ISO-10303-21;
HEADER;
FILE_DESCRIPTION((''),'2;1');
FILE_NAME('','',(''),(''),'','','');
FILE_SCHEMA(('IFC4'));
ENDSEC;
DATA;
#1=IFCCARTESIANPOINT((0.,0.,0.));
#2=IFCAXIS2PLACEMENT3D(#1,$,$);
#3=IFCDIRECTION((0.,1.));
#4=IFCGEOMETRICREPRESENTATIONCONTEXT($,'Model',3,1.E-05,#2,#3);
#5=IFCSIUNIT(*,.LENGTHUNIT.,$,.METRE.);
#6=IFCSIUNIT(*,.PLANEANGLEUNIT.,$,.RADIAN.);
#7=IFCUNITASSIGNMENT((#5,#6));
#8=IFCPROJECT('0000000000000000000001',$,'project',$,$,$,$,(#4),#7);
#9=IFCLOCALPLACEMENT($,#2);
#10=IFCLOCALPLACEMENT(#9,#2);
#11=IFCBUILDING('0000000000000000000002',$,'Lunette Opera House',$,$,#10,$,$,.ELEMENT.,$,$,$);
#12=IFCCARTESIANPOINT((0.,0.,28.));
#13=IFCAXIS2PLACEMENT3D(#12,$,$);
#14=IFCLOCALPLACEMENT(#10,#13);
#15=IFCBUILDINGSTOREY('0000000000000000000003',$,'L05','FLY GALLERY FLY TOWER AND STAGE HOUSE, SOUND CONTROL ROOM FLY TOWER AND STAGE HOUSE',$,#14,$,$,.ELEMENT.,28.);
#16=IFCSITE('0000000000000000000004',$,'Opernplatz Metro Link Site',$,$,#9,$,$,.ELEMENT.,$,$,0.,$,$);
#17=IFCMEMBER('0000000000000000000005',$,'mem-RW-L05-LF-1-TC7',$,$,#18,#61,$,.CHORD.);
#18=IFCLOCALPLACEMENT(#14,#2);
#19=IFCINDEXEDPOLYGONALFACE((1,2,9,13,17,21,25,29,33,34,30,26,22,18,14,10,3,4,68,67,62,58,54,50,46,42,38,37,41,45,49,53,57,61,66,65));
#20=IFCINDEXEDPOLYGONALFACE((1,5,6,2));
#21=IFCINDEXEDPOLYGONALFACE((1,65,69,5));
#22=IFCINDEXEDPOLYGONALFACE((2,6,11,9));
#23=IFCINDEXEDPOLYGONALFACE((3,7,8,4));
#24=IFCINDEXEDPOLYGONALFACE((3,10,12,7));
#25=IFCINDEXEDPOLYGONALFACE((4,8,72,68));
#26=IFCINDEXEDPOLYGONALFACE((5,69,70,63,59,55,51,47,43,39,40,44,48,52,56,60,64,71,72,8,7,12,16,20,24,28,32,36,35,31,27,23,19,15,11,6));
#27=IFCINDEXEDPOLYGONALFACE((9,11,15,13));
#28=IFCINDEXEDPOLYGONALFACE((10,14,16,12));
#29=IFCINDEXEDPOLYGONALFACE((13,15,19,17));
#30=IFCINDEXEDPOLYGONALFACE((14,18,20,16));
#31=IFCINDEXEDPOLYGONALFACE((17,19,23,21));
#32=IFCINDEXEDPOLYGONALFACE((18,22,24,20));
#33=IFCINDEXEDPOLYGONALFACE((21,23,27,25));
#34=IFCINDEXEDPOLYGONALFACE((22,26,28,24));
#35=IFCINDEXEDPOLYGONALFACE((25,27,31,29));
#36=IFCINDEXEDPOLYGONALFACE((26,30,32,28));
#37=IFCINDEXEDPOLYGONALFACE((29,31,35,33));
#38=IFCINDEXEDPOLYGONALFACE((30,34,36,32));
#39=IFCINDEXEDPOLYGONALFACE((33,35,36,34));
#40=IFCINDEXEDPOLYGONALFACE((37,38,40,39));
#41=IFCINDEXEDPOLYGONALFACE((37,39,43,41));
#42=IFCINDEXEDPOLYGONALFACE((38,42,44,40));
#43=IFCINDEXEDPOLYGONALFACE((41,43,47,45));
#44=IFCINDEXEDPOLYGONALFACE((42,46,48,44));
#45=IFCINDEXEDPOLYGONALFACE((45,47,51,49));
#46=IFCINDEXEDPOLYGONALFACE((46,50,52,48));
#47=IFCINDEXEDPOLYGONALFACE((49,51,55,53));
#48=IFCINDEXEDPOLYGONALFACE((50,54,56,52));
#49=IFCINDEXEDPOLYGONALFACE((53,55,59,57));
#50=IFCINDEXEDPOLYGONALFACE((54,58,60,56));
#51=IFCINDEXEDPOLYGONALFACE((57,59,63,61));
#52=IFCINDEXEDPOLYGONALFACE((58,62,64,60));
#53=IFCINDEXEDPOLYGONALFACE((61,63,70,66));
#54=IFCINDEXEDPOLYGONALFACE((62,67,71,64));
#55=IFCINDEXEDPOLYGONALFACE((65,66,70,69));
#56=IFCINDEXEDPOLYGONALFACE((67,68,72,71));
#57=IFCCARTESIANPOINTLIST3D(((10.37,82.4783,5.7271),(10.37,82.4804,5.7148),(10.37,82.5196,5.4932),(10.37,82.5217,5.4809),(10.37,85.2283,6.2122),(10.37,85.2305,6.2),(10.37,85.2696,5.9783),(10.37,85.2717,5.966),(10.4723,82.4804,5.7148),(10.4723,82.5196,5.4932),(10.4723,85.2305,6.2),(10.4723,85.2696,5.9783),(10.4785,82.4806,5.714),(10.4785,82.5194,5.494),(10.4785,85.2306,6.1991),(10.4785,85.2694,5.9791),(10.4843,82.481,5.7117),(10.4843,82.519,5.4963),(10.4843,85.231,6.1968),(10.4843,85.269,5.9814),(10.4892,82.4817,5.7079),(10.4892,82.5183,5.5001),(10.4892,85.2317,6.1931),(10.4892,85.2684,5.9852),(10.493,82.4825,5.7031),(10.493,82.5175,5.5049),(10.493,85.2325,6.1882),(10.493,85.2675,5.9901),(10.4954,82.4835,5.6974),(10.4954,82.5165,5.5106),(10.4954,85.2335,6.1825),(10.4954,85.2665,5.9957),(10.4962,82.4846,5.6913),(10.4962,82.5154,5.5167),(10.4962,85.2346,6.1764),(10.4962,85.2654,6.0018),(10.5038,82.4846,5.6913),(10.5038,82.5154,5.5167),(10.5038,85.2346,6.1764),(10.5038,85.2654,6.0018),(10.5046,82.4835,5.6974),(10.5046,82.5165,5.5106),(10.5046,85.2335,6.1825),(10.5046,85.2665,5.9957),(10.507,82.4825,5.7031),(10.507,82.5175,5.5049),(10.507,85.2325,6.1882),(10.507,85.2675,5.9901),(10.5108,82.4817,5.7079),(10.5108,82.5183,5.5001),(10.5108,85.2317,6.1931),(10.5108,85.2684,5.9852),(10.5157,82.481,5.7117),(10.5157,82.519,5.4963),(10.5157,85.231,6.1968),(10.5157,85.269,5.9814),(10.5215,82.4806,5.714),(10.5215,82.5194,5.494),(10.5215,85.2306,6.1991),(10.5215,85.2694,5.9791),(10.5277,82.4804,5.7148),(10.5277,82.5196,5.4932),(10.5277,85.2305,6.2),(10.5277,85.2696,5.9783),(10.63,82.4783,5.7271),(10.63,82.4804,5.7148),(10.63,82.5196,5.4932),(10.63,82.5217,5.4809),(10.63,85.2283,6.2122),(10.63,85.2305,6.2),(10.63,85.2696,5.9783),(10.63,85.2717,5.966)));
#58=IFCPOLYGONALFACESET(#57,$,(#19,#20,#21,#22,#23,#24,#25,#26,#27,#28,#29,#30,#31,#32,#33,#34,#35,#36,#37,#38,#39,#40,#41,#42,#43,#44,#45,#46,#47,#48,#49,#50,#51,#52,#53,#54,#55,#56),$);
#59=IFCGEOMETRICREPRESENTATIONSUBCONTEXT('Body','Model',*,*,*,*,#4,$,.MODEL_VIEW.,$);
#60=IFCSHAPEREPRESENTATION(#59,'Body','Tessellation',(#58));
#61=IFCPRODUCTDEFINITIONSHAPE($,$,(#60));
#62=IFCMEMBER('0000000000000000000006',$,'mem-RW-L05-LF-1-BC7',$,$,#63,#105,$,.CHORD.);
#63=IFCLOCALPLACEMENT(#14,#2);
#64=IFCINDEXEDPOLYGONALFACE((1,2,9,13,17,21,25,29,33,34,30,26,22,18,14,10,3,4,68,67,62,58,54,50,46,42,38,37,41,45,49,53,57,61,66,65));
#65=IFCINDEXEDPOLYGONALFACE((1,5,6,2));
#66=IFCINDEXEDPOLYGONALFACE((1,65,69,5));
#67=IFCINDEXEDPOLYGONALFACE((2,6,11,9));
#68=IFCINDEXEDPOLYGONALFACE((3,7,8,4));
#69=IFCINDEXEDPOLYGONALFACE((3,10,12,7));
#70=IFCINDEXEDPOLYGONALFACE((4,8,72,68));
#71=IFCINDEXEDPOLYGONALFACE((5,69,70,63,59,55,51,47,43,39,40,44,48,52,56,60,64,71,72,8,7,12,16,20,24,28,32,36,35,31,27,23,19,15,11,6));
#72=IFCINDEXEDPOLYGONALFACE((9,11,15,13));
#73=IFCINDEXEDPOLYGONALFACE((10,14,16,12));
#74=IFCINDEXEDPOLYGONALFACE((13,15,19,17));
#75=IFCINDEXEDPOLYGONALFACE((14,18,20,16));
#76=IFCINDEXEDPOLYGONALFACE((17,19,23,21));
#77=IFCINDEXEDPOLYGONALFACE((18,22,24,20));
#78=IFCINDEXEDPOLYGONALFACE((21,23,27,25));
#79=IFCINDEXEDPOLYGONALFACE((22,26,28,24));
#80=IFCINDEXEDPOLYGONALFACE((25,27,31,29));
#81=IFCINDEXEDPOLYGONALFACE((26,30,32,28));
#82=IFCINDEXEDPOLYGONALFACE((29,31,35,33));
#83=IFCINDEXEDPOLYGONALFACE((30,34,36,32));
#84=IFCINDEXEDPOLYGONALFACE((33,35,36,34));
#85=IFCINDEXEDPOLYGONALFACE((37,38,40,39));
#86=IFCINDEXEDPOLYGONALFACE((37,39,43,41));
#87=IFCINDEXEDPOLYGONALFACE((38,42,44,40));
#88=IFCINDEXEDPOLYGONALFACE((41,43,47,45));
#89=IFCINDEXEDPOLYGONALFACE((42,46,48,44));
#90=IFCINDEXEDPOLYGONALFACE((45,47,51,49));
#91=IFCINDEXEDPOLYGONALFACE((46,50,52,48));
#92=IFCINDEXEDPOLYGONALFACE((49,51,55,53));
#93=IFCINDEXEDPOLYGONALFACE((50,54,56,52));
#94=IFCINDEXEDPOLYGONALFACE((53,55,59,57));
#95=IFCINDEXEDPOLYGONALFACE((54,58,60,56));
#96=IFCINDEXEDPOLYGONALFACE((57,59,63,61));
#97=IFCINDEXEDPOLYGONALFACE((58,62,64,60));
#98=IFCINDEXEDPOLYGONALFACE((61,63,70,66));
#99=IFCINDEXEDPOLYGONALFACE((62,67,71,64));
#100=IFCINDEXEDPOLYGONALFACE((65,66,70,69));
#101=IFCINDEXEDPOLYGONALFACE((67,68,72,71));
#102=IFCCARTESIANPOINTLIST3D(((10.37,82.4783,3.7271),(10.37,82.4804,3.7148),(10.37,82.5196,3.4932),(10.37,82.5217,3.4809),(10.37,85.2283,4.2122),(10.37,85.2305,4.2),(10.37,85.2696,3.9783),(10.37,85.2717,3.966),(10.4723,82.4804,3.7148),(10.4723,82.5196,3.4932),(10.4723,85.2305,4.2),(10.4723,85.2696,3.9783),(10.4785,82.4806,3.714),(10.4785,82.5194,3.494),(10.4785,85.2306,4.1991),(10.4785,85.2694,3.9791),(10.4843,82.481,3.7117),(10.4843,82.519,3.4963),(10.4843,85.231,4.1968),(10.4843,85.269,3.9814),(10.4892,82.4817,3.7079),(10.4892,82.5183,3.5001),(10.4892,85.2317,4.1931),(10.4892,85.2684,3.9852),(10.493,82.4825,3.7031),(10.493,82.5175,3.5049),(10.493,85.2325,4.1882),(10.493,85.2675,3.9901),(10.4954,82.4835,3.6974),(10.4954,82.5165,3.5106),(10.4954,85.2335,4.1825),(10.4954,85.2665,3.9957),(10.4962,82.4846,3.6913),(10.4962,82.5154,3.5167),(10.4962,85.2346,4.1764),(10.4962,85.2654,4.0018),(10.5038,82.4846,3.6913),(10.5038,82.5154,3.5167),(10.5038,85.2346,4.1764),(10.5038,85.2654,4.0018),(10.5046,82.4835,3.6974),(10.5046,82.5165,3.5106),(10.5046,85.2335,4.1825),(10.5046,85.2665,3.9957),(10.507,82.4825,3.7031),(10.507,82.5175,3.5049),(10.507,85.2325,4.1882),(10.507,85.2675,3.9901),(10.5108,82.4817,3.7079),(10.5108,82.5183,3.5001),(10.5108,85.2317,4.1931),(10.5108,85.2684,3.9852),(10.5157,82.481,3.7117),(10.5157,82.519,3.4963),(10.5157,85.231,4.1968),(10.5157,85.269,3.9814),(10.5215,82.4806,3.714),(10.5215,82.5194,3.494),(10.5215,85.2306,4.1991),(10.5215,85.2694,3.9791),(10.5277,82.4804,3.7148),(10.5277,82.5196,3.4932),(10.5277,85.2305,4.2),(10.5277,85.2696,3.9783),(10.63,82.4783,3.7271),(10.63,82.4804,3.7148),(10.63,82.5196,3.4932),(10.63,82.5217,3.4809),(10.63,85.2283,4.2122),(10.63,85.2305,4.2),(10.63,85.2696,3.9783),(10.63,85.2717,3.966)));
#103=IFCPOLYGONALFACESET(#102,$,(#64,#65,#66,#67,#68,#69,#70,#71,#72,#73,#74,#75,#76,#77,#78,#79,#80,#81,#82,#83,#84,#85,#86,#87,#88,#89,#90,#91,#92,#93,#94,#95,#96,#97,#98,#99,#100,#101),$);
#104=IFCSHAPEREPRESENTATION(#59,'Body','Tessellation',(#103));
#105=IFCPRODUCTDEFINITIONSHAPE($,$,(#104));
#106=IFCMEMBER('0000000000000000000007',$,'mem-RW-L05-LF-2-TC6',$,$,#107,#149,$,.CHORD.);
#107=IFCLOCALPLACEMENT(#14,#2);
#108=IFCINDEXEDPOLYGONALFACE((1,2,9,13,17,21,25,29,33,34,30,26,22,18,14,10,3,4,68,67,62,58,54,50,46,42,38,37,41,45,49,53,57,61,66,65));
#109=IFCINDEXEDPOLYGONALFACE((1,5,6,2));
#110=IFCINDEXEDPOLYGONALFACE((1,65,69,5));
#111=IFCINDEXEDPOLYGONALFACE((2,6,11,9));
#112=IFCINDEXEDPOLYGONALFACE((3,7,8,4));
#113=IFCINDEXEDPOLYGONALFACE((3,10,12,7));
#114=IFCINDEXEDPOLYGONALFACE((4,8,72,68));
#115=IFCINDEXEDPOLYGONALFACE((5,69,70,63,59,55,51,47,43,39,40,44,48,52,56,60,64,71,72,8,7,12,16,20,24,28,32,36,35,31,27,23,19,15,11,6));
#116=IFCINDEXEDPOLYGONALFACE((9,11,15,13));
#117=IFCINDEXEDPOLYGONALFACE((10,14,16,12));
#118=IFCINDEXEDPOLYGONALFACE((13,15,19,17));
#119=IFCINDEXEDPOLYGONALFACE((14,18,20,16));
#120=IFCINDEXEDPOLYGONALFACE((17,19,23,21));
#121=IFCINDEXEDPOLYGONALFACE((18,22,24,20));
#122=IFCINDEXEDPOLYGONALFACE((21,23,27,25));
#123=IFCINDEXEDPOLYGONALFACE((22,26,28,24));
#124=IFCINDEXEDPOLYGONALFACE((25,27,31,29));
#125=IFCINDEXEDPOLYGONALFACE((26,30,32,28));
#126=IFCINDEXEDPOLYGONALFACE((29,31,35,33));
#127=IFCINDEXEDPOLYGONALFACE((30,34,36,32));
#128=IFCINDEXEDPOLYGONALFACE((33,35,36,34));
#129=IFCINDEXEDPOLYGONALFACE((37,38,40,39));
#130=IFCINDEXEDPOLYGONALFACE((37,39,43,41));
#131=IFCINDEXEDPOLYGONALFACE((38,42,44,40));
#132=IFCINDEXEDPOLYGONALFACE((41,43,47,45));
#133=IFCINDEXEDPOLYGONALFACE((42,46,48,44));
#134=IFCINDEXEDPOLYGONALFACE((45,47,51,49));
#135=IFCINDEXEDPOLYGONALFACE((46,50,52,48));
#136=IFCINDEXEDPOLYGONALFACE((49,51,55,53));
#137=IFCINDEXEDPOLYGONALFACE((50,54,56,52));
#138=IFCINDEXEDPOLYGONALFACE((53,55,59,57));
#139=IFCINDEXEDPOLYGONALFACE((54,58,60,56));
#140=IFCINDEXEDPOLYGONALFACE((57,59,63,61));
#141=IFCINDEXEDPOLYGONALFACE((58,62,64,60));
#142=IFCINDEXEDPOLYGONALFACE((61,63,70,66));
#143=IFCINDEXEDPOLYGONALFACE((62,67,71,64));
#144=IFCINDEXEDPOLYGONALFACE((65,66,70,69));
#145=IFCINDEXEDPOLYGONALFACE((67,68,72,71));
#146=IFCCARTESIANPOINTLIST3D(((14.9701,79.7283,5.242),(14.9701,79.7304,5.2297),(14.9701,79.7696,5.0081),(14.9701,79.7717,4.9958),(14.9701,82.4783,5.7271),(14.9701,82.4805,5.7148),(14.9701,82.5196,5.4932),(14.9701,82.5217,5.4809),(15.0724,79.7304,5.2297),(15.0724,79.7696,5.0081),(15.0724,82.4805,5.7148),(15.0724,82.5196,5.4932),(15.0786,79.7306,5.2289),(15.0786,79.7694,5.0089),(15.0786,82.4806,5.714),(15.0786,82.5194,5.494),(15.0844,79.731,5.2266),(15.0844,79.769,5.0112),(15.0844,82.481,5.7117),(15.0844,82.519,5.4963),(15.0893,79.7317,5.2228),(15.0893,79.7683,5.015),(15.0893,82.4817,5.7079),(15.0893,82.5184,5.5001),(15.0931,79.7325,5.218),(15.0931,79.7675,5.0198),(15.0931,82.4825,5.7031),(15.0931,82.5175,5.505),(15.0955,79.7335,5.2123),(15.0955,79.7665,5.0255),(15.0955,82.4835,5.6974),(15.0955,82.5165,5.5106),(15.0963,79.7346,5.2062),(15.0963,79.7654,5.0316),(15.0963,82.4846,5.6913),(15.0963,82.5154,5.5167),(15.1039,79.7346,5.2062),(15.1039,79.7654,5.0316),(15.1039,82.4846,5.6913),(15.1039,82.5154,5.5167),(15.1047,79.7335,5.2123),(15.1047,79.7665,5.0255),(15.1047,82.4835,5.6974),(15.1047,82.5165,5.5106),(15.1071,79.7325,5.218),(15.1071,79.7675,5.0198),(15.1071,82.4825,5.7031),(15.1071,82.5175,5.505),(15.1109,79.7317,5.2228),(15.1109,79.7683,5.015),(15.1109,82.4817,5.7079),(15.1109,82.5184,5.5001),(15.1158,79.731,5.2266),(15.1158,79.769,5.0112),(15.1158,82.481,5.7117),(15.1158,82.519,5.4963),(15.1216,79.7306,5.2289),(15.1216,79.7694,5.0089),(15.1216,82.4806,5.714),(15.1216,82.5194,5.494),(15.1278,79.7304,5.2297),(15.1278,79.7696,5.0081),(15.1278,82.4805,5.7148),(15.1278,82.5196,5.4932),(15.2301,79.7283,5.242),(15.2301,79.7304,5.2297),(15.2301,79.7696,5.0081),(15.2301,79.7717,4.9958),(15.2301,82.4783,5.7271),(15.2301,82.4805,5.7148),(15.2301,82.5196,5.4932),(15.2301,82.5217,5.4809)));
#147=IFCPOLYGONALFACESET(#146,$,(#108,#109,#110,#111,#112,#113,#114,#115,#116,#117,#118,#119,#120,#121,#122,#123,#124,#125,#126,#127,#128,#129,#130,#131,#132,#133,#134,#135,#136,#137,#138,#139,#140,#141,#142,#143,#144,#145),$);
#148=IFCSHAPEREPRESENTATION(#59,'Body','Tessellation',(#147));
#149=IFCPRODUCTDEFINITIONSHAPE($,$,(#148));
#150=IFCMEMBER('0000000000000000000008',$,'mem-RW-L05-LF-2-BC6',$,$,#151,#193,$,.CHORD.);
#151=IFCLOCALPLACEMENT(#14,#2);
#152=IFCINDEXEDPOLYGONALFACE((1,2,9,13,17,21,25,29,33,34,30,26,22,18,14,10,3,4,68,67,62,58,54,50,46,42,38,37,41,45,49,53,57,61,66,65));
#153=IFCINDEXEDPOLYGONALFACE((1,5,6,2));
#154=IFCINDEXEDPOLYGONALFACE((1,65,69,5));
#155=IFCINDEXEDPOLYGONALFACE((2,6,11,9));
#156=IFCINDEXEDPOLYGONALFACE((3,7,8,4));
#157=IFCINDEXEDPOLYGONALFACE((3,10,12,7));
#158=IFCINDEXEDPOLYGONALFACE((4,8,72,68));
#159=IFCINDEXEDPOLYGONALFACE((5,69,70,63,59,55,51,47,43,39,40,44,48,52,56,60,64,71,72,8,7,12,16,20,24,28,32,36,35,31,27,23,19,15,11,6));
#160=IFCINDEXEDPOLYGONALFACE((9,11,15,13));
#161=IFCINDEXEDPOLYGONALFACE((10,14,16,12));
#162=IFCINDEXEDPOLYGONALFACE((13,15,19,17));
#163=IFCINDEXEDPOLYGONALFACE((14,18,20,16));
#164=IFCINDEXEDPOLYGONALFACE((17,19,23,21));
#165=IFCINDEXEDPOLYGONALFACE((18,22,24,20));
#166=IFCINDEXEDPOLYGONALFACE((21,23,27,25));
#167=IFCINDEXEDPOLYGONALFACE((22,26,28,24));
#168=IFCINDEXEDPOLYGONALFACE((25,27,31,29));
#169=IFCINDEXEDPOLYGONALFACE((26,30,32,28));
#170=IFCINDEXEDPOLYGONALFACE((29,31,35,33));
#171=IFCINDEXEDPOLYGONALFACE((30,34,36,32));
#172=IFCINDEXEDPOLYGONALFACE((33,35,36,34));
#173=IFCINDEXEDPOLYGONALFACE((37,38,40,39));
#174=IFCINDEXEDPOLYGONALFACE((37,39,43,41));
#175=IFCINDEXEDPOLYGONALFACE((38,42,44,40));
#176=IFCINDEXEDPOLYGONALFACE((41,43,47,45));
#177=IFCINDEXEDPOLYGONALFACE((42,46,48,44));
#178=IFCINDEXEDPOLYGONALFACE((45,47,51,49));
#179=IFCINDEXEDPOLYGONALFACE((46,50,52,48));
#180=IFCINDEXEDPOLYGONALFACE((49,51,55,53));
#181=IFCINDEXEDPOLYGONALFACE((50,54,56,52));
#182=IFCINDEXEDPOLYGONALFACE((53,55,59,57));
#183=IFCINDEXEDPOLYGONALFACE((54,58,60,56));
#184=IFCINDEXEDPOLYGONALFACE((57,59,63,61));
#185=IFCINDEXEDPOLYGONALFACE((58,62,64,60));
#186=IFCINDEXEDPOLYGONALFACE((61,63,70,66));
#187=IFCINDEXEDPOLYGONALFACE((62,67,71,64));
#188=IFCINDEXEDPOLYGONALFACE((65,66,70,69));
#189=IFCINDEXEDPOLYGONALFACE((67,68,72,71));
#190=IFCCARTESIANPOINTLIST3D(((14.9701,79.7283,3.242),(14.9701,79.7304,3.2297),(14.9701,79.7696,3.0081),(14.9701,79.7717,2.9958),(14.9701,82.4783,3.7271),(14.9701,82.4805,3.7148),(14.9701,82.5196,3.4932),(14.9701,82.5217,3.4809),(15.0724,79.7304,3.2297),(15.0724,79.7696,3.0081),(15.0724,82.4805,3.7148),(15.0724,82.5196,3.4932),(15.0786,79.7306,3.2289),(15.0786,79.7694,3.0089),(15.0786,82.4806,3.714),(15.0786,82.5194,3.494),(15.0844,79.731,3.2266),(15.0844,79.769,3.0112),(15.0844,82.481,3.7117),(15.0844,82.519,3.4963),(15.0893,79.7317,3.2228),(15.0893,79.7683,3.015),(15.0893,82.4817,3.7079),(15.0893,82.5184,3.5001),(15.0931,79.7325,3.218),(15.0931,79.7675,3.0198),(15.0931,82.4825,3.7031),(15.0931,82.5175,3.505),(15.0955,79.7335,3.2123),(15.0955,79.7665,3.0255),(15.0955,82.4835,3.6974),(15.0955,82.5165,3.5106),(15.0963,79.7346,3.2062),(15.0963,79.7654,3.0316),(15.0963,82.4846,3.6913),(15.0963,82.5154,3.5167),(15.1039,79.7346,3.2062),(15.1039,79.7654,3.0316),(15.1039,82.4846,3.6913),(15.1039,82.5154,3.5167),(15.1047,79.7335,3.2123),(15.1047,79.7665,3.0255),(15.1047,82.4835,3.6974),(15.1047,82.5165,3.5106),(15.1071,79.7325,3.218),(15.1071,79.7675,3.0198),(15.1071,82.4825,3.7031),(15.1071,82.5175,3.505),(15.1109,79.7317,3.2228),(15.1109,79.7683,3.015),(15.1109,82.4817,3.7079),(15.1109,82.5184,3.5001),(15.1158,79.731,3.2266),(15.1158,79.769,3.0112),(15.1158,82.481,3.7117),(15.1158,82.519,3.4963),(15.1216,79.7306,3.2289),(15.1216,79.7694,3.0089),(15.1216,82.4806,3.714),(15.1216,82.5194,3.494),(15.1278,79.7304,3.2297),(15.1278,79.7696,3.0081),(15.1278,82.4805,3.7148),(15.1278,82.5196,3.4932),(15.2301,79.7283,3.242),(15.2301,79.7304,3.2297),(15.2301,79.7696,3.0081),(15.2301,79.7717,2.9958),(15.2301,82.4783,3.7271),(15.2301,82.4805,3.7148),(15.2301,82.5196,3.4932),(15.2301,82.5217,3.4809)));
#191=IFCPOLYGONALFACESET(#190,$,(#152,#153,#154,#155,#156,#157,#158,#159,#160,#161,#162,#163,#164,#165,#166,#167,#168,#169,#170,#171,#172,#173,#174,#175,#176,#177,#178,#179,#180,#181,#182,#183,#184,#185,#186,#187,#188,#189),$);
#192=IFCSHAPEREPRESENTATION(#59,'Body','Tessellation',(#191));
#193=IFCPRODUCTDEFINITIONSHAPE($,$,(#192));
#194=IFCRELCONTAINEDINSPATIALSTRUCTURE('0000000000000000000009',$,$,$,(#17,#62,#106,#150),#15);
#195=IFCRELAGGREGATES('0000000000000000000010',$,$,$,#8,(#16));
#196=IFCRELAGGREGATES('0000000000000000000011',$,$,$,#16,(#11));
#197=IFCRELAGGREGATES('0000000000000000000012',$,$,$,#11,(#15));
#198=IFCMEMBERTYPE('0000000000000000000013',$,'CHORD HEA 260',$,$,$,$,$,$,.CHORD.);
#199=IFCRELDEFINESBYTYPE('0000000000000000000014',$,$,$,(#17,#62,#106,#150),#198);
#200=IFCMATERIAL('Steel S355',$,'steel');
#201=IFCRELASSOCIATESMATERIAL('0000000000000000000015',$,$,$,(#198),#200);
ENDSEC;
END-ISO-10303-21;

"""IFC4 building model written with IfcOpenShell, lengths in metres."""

from ifc_helpers import new_model, si_unit, direction, frame, origin, origin_2d, place, context, subcontext, project, spatial, i_section, extrude, material, material_profile, profile_set, type_object, element, save


model = new_model("IFC4")

# Units and contexts
model_context = context("Model", 3, precision=1e-05, world=origin(), true_north=direction((0.0, 1.0)))
body_context = subcontext(model_context, "Body", "Model", "MODEL_VIEW")
ifc_project = project(units=[si_unit("LENGTHUNIT", "METRE"), si_unit("PLANEANGLEUNIT", "RADIAN")], contexts=[model_context])

# Site, building, storey
site_placement = place(None, origin())
site = spatial("IfcSite", under=ifc_project, at=site_placement, Name="Opernplatz Metro Link Site", CompositionType="ELEMENT", RefElevation=0.0)
building_placement = place(site_placement, origin())
building = spatial("IfcBuilding", under=site, at=building_placement, Name="Lunette Opera House", CompositionType="ELEMENT")
storey_placement = place(building_placement, frame((0.0, 0.0, 28.0)))
storey = spatial("IfcBuildingStorey", under=building, at=storey_placement, Name="L05", Description="FLY GALLERY FLY TOWER AND STAGE HOUSE, SOUND CONTROL ROOM FLY TOWER AND STAGE HOUSE", CompositionType="ELEMENT", Elevation=28.0)

# Members
ifc_material_1 = material(Name="Steel S355", Category="steel")
ifc_material_profile_1 = material_profile(ifc_material_1, i_section(OverallWidth=0.26, OverallDepth=0.25, WebThickness=0.0076, FlangeThickness=0.0125, FilletRadius=0.0239, at=origin_2d()), Name="HEA 260")
ifc_profile_set_1 = profile_set([ifc_material_profile_1], Name="Steel S355")
member_type_1 = type_object("IfcMemberType", Name="CHORD HEA 260", PredefinedType="CHORD", material=ifc_profile_set_1)
for number, where, z_axis, x_axis, name in (
    (1, (10.5, 82.5, 5.604), (0.0, 0.984795, 0.17372), (-1.0, 0.0, 0.0), "mem-RW-L05-LF-1-TC7"),
    (2, (10.5, 82.5, 3.604), (0.0, 0.984795, 0.17372), (-1.0, 0.0, 0.0), "mem-RW-L05-LF-1-BC7"),
    (3, (15.1001, 79.75, 5.1189), (0.0, 0.984795, 0.17372), (-1.0, 0.0, 0.0), "mem-RW-L05-LF-2-TC6"),
    (4, (15.1001, 79.75, 3.1189), (0.0, 0.984795, 0.17372), (-1.0, 0.0, 0.0), "mem-RW-L05-LF-2-BC6"),
):
    element("IfcMember", number, at=place(storey_placement, frame(where, z_axis=z_axis, x_axis=x_axis)), inside=storey, type_object=member_type_1, Name=name, PredefinedType="CHORD", context=body_context, shape_type="SweptSolid", body=[
        extrude(i_section(OverallWidth=0.26, OverallDepth=0.25, WebThickness=0.0076, FlangeThickness=0.0125, FilletRadius=0.0239, at=origin_2d()), origin(), (0.0, 0.0, 1.0), 2.7925),
    ])

save(model, "model.ifc")
